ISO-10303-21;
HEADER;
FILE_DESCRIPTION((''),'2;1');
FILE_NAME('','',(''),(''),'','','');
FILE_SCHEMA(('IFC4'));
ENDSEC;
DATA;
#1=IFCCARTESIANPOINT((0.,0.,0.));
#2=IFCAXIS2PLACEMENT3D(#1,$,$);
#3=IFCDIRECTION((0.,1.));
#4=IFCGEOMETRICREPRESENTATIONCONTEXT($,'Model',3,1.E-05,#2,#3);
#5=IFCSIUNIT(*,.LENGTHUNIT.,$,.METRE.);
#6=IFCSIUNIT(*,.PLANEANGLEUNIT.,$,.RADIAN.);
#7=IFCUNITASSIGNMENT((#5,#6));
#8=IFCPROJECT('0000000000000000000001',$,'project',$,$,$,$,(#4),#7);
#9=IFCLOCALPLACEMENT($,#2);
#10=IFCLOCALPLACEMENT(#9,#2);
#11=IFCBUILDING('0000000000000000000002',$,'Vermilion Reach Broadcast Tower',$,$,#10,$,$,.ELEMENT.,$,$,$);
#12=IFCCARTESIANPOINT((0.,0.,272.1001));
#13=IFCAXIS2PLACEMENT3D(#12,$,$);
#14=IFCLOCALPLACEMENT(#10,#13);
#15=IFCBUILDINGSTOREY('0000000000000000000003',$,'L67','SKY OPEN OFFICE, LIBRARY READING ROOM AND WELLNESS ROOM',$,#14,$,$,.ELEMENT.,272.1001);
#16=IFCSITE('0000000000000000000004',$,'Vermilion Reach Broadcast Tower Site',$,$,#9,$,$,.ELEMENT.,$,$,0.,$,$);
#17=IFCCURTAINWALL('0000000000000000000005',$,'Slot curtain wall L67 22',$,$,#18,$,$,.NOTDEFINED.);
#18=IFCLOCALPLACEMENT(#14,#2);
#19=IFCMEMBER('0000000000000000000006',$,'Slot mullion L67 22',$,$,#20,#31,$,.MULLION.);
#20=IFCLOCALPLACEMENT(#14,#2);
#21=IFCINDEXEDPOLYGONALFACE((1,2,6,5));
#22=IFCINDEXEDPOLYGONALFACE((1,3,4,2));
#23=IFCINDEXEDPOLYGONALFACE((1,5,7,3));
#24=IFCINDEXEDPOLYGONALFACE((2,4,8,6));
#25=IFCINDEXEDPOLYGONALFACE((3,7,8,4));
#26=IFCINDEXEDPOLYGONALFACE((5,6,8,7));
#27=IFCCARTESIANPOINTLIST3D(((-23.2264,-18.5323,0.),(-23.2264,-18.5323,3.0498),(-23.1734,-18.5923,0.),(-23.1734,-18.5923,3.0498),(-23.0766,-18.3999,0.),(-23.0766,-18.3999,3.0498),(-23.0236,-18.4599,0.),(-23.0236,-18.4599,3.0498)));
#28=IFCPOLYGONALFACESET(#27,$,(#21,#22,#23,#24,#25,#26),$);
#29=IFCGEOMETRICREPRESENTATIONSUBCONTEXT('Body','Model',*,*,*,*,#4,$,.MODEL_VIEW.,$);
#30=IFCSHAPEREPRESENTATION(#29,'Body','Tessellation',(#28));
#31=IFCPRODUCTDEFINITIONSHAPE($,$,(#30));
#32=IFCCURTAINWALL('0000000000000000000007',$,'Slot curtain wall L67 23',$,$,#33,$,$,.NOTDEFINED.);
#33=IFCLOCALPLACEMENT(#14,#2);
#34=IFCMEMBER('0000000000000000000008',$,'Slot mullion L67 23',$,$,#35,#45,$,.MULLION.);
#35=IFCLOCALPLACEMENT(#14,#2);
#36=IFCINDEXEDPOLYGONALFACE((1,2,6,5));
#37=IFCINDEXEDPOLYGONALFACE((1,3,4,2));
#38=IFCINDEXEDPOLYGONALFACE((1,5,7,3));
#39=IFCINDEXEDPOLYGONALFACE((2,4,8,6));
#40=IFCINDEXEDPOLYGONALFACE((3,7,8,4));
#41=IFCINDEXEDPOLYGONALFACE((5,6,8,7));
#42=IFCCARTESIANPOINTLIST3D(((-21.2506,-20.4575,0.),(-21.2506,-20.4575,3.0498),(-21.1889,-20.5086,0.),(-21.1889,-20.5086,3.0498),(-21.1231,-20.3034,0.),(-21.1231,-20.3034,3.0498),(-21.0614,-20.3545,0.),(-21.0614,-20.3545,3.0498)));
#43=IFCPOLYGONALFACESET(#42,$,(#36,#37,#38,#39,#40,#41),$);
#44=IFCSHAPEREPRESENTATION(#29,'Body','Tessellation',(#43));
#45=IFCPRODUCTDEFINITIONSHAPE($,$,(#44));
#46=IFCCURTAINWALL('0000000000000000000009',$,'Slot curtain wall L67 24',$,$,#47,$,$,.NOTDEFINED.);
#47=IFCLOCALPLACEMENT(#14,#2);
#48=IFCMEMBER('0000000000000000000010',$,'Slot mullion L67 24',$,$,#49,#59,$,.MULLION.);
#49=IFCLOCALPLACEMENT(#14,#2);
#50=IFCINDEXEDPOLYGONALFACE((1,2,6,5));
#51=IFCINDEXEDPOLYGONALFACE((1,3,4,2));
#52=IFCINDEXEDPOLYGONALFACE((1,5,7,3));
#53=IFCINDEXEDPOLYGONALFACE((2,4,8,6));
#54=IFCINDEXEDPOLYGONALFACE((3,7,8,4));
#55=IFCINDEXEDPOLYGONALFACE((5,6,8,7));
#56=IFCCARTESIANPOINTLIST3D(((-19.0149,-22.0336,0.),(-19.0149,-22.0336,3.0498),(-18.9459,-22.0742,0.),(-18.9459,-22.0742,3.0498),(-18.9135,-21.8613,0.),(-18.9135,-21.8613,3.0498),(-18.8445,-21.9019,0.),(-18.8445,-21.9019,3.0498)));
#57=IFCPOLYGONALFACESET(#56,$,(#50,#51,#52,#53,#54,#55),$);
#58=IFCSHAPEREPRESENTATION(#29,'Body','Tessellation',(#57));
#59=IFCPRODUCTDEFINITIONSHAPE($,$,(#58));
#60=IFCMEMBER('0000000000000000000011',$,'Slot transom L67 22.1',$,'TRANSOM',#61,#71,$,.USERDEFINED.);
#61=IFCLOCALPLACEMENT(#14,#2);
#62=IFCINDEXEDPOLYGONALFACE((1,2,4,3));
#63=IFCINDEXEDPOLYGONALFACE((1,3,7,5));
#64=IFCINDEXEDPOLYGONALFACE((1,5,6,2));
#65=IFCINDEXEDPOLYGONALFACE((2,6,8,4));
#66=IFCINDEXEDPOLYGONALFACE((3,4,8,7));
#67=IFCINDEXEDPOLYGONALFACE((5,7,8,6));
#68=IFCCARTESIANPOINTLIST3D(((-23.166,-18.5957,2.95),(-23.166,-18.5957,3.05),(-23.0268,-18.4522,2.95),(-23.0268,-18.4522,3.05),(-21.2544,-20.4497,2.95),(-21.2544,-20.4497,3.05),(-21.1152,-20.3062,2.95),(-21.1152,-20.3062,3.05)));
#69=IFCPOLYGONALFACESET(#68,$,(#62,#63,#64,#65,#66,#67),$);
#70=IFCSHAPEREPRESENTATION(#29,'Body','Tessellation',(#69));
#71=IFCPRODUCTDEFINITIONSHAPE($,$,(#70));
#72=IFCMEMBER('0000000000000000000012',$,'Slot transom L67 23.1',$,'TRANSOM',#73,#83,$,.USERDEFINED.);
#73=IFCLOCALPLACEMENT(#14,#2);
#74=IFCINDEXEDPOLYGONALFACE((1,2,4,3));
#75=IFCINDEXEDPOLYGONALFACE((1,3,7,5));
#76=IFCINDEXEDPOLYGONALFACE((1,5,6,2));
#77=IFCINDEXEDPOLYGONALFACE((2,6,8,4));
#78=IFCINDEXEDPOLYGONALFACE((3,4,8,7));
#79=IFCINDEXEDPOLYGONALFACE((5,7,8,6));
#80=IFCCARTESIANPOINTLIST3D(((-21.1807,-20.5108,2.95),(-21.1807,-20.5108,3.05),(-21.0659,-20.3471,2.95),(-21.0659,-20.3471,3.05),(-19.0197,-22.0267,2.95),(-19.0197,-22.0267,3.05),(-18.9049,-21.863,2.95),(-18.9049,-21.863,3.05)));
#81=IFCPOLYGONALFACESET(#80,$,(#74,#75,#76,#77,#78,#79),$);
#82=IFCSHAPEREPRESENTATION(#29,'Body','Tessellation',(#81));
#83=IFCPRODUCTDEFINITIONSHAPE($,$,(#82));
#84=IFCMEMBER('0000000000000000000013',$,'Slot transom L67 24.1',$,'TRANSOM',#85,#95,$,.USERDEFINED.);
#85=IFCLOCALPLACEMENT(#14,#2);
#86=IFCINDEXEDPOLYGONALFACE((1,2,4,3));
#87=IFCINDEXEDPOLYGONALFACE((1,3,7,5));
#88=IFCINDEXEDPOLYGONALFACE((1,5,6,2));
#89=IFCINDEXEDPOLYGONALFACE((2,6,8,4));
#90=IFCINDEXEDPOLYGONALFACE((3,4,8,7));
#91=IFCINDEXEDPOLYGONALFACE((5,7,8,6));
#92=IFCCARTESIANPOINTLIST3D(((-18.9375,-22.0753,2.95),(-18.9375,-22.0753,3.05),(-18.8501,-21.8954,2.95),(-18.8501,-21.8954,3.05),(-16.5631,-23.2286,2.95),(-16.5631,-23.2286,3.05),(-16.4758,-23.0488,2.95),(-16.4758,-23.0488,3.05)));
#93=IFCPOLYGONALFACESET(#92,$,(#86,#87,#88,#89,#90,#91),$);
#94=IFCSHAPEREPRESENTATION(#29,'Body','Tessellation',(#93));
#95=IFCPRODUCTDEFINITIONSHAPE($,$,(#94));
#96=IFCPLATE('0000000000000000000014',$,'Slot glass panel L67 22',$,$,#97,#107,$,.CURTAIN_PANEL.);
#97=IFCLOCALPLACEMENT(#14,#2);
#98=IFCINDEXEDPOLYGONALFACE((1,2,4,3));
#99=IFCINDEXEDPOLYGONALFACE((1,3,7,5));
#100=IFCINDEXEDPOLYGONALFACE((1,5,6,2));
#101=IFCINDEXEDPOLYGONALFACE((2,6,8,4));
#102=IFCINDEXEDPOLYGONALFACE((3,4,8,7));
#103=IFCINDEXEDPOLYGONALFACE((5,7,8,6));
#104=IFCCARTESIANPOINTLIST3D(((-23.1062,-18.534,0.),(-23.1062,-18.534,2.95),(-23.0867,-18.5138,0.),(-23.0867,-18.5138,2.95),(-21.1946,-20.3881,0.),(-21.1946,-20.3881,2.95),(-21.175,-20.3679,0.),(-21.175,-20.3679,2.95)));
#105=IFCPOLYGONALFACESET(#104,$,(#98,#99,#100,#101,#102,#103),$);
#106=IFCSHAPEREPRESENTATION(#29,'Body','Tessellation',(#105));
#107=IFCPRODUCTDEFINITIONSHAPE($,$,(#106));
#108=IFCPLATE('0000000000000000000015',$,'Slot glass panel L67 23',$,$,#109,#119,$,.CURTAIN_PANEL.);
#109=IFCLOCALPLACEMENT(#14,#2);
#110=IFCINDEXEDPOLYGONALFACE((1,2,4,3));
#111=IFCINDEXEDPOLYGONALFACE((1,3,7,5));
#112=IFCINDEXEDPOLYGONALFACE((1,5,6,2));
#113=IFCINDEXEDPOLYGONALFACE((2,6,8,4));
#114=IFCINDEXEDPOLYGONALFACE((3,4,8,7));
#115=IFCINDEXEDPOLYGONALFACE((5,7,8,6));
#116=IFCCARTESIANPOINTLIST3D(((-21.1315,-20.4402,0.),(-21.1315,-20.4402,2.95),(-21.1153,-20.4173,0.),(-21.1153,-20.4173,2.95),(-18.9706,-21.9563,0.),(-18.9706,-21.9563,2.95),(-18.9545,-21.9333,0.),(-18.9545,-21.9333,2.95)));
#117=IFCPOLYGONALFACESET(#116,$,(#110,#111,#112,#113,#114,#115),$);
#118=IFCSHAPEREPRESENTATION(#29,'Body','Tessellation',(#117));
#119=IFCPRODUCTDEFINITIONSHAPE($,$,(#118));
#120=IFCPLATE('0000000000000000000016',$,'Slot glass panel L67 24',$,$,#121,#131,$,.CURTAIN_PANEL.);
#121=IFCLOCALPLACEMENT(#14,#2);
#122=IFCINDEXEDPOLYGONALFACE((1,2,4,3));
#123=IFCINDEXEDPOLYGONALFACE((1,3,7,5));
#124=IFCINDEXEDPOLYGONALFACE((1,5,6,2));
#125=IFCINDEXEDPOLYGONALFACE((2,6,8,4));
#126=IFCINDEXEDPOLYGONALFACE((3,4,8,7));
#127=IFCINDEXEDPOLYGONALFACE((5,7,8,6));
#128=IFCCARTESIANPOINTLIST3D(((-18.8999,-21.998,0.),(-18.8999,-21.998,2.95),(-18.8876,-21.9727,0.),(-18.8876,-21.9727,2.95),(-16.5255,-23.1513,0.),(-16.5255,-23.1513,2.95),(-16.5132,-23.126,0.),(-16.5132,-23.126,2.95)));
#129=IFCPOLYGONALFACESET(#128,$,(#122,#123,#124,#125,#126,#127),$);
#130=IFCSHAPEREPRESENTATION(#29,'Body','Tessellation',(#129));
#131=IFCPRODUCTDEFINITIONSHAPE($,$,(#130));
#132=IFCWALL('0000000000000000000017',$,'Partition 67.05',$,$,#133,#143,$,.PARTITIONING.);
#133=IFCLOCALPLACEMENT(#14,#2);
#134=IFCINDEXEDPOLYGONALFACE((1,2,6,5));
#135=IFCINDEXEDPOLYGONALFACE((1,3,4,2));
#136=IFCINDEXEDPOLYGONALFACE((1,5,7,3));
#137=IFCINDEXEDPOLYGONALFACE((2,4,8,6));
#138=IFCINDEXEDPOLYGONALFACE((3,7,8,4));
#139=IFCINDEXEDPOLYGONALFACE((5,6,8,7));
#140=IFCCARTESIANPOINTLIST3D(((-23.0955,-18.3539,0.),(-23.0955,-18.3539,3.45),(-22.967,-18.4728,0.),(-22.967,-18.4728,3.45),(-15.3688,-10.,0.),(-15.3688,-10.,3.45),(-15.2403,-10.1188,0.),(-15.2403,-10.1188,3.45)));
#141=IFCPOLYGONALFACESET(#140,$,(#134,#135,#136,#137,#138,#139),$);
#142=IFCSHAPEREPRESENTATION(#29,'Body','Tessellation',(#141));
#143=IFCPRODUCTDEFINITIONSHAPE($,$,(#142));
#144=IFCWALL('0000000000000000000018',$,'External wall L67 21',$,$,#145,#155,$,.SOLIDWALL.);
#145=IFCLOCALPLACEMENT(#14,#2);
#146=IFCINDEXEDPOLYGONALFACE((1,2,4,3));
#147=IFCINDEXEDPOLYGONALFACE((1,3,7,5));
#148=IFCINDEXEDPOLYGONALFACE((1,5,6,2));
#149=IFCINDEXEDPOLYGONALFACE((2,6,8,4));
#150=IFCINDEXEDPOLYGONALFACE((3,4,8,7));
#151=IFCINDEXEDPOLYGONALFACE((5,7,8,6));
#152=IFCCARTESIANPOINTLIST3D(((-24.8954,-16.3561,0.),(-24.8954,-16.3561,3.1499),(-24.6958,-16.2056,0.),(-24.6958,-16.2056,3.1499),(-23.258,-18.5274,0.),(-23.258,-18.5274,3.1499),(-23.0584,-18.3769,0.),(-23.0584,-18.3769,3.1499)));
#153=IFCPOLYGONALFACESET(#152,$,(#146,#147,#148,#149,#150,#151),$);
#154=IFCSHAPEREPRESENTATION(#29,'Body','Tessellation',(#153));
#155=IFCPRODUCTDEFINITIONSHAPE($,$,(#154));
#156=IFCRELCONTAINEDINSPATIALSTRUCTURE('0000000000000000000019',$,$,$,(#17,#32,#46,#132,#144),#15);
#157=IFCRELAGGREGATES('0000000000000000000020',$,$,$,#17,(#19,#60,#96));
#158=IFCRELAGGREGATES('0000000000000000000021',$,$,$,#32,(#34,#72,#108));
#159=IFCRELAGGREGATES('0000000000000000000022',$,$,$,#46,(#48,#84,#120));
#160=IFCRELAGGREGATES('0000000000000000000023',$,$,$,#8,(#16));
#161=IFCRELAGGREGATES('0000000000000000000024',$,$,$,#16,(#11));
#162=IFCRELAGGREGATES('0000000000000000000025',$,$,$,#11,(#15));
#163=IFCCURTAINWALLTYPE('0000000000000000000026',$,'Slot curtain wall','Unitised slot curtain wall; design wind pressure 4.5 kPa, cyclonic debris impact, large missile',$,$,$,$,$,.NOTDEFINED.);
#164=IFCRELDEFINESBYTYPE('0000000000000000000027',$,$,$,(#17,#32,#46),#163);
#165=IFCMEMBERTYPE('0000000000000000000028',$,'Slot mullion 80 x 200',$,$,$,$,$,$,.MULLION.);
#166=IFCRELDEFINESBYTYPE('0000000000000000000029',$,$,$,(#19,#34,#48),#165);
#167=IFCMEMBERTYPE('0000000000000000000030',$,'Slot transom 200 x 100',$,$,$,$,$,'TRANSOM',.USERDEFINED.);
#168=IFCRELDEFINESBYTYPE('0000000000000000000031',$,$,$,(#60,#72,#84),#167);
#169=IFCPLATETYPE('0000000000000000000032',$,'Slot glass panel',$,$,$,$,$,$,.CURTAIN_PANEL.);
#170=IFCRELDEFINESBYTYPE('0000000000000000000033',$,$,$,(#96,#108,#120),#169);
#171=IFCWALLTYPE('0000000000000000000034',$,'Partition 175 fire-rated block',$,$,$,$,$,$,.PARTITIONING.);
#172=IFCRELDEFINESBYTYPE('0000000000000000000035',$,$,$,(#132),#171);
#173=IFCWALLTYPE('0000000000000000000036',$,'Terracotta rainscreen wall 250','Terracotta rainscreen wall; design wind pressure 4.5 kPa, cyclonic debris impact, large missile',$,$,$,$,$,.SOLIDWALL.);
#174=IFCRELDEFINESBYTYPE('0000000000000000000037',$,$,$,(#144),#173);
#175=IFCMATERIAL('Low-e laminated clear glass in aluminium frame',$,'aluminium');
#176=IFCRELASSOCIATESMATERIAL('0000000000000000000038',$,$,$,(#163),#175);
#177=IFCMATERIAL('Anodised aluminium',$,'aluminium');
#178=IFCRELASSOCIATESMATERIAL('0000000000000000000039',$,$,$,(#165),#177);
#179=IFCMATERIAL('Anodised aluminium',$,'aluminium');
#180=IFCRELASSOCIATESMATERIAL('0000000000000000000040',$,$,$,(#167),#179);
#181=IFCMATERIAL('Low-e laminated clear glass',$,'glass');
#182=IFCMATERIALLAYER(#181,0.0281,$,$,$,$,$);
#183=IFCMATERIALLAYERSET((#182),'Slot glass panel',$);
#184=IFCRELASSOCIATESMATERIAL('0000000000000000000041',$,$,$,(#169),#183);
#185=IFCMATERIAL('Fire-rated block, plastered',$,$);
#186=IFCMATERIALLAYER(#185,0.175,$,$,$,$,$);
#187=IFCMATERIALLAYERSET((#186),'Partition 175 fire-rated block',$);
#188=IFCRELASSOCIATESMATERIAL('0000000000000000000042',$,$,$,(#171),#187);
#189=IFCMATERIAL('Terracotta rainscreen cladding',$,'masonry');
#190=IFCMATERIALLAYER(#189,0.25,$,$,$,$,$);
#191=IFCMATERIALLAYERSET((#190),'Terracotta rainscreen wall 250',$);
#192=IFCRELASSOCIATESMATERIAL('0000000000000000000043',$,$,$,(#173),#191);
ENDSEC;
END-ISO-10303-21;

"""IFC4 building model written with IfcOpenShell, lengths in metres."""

from ifc_helpers import new_model, si_unit, direction, frame, frame_2d, origin, origin_2d, place, context, subcontext, project, spatial, rectangle, extrude, material, layer, layer_set, material_profile, profile_set, type_object, element, aggregate, save


model = new_model("IFC4")

# Units and contexts
model_context = context("Model", 3, precision=1e-05, world=origin(), true_north=direction((0.0, 1.0)))
body_context = subcontext(model_context, "Body", "Model", "MODEL_VIEW")
ifc_project = project(units=[si_unit("LENGTHUNIT", "METRE"), si_unit("PLANEANGLEUNIT", "RADIAN")], contexts=[model_context])

# Site, building, storey
site_placement = place(None, origin())
site = spatial("IfcSite", under=ifc_project, at=site_placement, Name="Vermilion Reach Broadcast Tower Site", CompositionType="ELEMENT", RefElevation=0.0)
building_placement = place(site_placement, origin())
building = spatial("IfcBuilding", under=site, at=building_placement, Name="Vermilion Reach Broadcast Tower", CompositionType="ELEMENT")
storey_placement = place(building_placement, frame((0.0, 0.0, 272.1001)))
storey = spatial("IfcBuildingStorey", under=building, at=storey_placement, Name="L67", Description="SKY OPEN OFFICE, LIBRARY READING ROOM AND WELLNESS ROOM", CompositionType="ELEMENT", Elevation=272.1001)

# Curtain walls, members
ifc_material_1 = material(Name="Low-e laminated clear glass in aluminium frame", Category="aluminium")
curtain_wall_type = type_object("IfcCurtainWallType", Name="Slot curtain wall", Description="Unitised slot curtain wall; design wind pressure 4.5 kPa, cyclonic debris impact, large missile", PredefinedType="NOTDEFINED", material=ifc_material_1)
placement = place(storey_placement, origin())
curtain_wall_1 = element("IfcCurtainWall", 1, at=placement, inside=storey, type_object=curtain_wall_type, Name="Slot curtain wall L67 22", PredefinedType="NOTDEFINED")
ifc_material_2 = material(Name="Anodised aluminium", Category="aluminium")
ifc_material_profile_1 = material_profile(ifc_material_2, rectangle(XDim=0.2, YDim=0.0801, at=origin_2d()), Name="Slot mullion 80 x 200")
ifc_profile_set_1 = profile_set([ifc_material_profile_1], Name="Anodised aluminium")
member_type_1 = type_object("IfcMemberType", Name="Slot mullion 80 x 200", PredefinedType="MULLION", material=ifc_profile_set_1)
member_1_placement = place(storey_placement, frame((-23.125, -18.4961, 0.0), z_axis=(0.0, 0.0, 1.0), x_axis=(0.749574, 0.661921, 0.0)))
member_1 = element("IfcMember", 2, at=member_1_placement, type_object=member_type_1, Name="Slot mullion L67 22", PredefinedType="MULLION", context=body_context, shape_type="SweptSolid", body=[
    extrude(rectangle(XDim=0.2, YDim=0.0801, at=origin_2d()), origin(), (0.0, 0.0, 1.0), 3.0498),
])
curtain_wall_2 = element("IfcCurtainWall", 3, at=placement, inside=storey, type_object=curtain_wall_type, Name="Slot curtain wall L67 23", PredefinedType="NOTDEFINED")
member_2_placement = place(storey_placement, frame((-21.156, -20.406, 0.0), z_axis=(0.0, 0.0, 1.0), x_axis=(0.637275, 0.770637, 0.0)))
member_2 = element("IfcMember", 4, at=member_2_placement, type_object=member_type_1, Name="Slot mullion L67 23", PredefinedType="MULLION", context=body_context, shape_type="SweptSolid", body=[
    extrude(rectangle(XDim=0.2, YDim=0.0801, at=origin_2d()), origin(), (0.0, 0.0, 1.0), 3.0498),
])
curtain_wall_3 = element("IfcCurtainWall", 5, at=placement, inside=storey, type_object=curtain_wall_type, Name="Slot curtain wall L67 24", PredefinedType="NOTDEFINED")
member_3_placement = place(storey_placement, frame((-18.9297, -21.9678, 0.0), z_axis=(0.0, 0.0, 1.0), x_axis=(0.507238, 0.861806, 0.0)))
member_3 = element("IfcMember", 6, at=member_3_placement, type_object=member_type_1, Name="Slot mullion L67 24", PredefinedType="MULLION", context=body_context, shape_type="SweptSolid", body=[
    extrude(rectangle(XDim=0.2, YDim=0.0801, at=origin_2d()), origin(), (0.0, 0.0, 1.0), 3.0498),
])

# Members
ifc_material_3 = material(Name="Anodised aluminium", Category="aluminium")
ifc_material_profile_2 = material_profile(ifc_material_3, rectangle(XDim=0.2, YDim=0.1001, at=origin_2d()), Name="Slot transom 200 x 100")
ifc_profile_set_2 = profile_set([ifc_material_profile_2], Name="Anodised aluminium")
member_type_2 = type_object("IfcMemberType", Name="Slot transom 200 x 100", ElementType="TRANSOM", PredefinedType="USERDEFINED", material=ifc_profile_set_2)
member_4_placement = place(storey_placement, frame((-23.0964, -18.5239, 3.0), z_axis=(0.717842, -0.696206, 0.0), x_axis=(0.696206, 0.717842, 0.0)))
member_4 = element("IfcMember", 7, at=member_4_placement, type_object=member_type_2, Name="Slot transom L67 22.1", ObjectType="TRANSOM", PredefinedType="USERDEFINED", context=body_context, shape_type="SweptSolid", body=[
    extrude(rectangle(XDim=0.2, YDim=0.1001, at=origin_2d()), origin(), (0.0, 0.0, 1.0), 2.6631),
])
member_5_placement = place(storey_placement, frame((-21.1233, -20.429, 3.0), z_axis=(0.818654, -0.574288, 0.0), x_axis=(0.574288, 0.818654, 0.0)))
member_5 = element("IfcMember", 8, at=member_5_placement, type_object=member_type_2, Name="Slot transom L67 23.1", ObjectType="TRANSOM", PredefinedType="USERDEFINED", context=body_context, shape_type="SweptSolid", body=[
    extrude(rectangle(XDim=0.2, YDim=0.1001, at=origin_2d()), origin(), (0.0, 0.0, 1.0), 2.6396),
])
member_6_placement = place(storey_placement, frame((-18.8938, -21.9854, 3.0), z_axis=(0.899493, -0.436936, 0.0), x_axis=(0.436936, 0.899493, 0.0)))
member_6 = element("IfcMember", 9, at=member_6_placement, type_object=member_type_2, Name="Slot transom L67 24.1", ObjectType="TRANSOM", PredefinedType="USERDEFINED", context=body_context, shape_type="SweptSolid", body=[
    extrude(rectangle(XDim=0.2, YDim=0.1001, at=origin_2d()), origin(), (0.0, 0.0, 1.0), 2.6396),
])

# Plates
ifc_material_4 = material(Name="Low-e laminated clear glass", Category="glass")
ifc_layer_1 = layer(ifc_material_4, 0.0281)
ifc_layer_set_1 = layer_set([ifc_layer_1], Name="Slot glass panel")
plate_type = type_object("IfcPlateType", Name="Slot glass panel", PredefinedType="CURTAIN_PANEL", material=ifc_layer_set_1)
plate_1_placement = place(storey_placement, frame((-22.1406, -19.4509, 0.0), z_axis=(0.0, 0.0, 1.0), x_axis=(0.717828, -0.696221, 0.0)))
plate_1 = element("IfcPlate", 10, at=plate_1_placement, type_object=plate_type, Name="Slot glass panel L67 22", PredefinedType="CURTAIN_PANEL", context=body_context, shape_type="SweptSolid", body=[
    extrude(rectangle(XDim=2.6631, YDim=0.0281, at=origin_2d()), origin(), (0.0, 0.0, 1.0), 2.95),
])
aggregate(curtain_wall_1, [member_1, member_4, plate_1])
plate_2_placement = place(storey_placement, frame((-20.043, -21.1868, 0.0), z_axis=(0.0, 0.0, 1.0), x_axis=(0.818619, -0.574338, 0.0)))
plate_2 = element("IfcPlate", 11, at=plate_2_placement, type_object=plate_type, Name="Slot glass panel L67 23", PredefinedType="CURTAIN_PANEL", context=body_context, shape_type="SweptSolid", body=[
    extrude(rectangle(XDim=2.6396, YDim=0.0281, at=origin_2d()), origin(), (0.0, 0.0, 1.0), 2.95),
])
aggregate(curtain_wall_2, [member_2, member_5, plate_2])
plate_3_placement = place(storey_placement, frame((-17.7065, -22.562, 0.0), z_axis=(0.0, 0.0, 1.0), x_axis=(0.899506, -0.436908, 0.0)))
plate_3 = element("IfcPlate", 12, at=plate_3_placement, type_object=plate_type, Name="Slot glass panel L67 24", PredefinedType="CURTAIN_PANEL", context=body_context, shape_type="SweptSolid", body=[
    extrude(rectangle(XDim=2.6396, YDim=0.0281, at=origin_2d()), origin(), (0.0, 0.0, 1.0), 2.95),
])
aggregate(curtain_wall_3, [member_3, member_6, plate_3])

# Wall
ifc_material_5 = material(Name="Fire-rated block, plastered")
ifc_layer_2 = layer(ifc_material_5, 0.175)
ifc_layer_set_2 = layer_set([ifc_layer_2], Name="Partition 175 fire-rated block")
wall_type_1 = type_object("IfcWallType", Name="Partition 175 fire-rated block", PredefinedType="PARTITIONING", material=ifc_layer_set_2)
wall_1_placement = place(storey_placement, frame((-23.0312, -18.4133, 0.0), z_axis=(0.0, 0.0, 1.0), x_axis=(0.679011, 0.734128, 0.0)))
element("IfcWall", 13, at=wall_1_placement, inside=storey, type_object=wall_type_1, Name="Partition 67.05", PredefinedType="PARTITIONING", context=body_context, shape_type="SweptSolid", body=[
    extrude(rectangle(XDim=11.3794, YDim=0.175, at=frame_2d((5.6897, 0.0))), origin(), (0.0, 0.0, 1.0), 3.45),
])

# Shared definitions
ifc_material_6 = material(Name="Terracotta rainscreen cladding", Category="masonry")
ifc_layer_3 = layer(ifc_material_6, 0.25)
ifc_layer_set_3 = layer_set([ifc_layer_3], Name="Terracotta rainscreen wall 250")
wall_type_2 = type_object("IfcWallType", Name="Terracotta rainscreen wall 250", Description="Terracotta rainscreen wall; design wind pressure 4.5 kPa, cyclonic debris impact, large missile", PredefinedType="SOLIDWALL", material=ifc_layer_set_3)

# Wall
wall_2_placement = place(storey_placement, frame((-24.7957, -16.2808, 0.0), z_axis=(0.0, 0.0, 1.0), x_axis=(0.602095, -0.798424, 0.0)))
element("IfcWall", 14, at=wall_2_placement, inside=storey, type_object=wall_type_2, Name="External wall L67 21", PredefinedType="SOLIDWALL", context=body_context, shape_type="SweptSolid", body=[
    extrude(rectangle(XDim=2.7195, YDim=0.25, at=frame_2d((1.3599, 0.0))), origin(), (0.0, 0.0, 1.0), 3.1499),
])

save(model, "model.ifc")
